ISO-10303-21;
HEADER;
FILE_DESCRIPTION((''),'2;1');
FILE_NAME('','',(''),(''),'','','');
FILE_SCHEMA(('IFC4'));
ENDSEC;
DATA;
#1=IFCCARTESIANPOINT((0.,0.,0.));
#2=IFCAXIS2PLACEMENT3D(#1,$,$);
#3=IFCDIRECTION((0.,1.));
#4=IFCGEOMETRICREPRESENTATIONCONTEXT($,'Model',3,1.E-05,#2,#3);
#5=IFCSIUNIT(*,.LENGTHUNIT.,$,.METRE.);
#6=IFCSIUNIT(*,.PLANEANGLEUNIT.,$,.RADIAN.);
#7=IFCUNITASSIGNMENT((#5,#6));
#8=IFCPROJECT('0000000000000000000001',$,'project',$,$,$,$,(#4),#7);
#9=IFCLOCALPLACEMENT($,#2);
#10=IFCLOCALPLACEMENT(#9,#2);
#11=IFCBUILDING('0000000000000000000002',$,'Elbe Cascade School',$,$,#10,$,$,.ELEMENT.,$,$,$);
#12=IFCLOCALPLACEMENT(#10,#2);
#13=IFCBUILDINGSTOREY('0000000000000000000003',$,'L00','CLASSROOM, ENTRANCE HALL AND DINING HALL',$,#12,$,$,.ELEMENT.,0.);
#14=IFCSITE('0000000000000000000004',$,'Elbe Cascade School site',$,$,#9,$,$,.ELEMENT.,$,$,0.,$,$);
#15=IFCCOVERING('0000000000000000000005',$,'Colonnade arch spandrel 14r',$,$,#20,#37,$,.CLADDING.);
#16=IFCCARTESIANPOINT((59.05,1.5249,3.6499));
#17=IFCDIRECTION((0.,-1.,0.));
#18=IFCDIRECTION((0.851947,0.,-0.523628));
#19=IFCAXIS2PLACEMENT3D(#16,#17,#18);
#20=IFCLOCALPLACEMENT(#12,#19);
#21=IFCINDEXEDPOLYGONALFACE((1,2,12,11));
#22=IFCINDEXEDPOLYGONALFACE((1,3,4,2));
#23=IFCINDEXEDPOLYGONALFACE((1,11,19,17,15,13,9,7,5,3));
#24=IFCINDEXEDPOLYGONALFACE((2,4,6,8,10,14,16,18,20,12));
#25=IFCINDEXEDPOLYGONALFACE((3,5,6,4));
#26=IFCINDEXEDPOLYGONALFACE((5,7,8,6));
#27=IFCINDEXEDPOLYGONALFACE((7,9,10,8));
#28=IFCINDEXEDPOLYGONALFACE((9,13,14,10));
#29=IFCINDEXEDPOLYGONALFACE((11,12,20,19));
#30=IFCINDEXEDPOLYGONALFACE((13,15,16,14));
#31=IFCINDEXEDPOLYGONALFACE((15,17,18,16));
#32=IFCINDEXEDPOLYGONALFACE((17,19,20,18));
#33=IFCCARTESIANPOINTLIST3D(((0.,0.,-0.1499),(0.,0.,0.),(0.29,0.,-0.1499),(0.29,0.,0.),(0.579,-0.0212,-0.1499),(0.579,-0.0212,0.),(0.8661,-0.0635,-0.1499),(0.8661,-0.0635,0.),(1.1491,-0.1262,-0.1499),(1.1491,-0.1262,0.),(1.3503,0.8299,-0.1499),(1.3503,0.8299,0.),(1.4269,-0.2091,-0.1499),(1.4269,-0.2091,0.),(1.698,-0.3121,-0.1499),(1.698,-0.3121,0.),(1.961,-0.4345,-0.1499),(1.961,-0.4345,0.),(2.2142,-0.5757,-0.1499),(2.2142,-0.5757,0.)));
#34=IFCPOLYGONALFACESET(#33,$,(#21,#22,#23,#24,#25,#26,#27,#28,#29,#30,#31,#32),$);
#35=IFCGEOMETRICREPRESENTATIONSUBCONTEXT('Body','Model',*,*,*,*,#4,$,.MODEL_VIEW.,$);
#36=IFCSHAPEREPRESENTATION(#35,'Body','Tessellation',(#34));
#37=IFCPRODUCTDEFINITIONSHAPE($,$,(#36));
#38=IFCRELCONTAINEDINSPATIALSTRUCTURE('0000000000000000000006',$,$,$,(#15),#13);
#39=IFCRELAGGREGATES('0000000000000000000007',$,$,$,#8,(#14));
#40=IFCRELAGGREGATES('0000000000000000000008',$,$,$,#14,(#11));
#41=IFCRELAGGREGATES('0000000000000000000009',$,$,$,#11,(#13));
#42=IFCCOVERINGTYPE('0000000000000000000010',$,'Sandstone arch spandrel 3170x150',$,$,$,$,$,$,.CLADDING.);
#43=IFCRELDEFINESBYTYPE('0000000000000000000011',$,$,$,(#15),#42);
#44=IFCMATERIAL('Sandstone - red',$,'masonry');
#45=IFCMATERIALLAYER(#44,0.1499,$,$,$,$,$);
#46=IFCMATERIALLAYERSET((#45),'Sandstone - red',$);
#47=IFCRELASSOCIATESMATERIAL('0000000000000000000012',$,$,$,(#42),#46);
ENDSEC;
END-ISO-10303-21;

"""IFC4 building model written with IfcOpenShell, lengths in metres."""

from ifc_helpers import new_model, si_unit, direction, frame, origin, place, context, subcontext, project, spatial, polyline, outline, extrude, material, layer, layer_set, type_object, element, save


model = new_model("IFC4")

# Units and contexts
model_context = context("Model", 3, precision=1e-05, world=origin(), true_north=direction((0.0, 1.0)))
body_context = subcontext(model_context, "Body", "Model", "MODEL_VIEW")
ifc_project = project(units=[si_unit("LENGTHUNIT", "METRE"), si_unit("PLANEANGLEUNIT", "RADIAN")], contexts=[model_context])

# Site, building, storey
site_placement = place(None, origin())
site = spatial("IfcSite", under=ifc_project, at=site_placement, Name="Elbe Cascade School site", CompositionType="ELEMENT", RefElevation=0.0)
building_placement = place(site_placement, origin())
building = spatial("IfcBuilding", under=site, at=building_placement, Name="Elbe Cascade School", CompositionType="ELEMENT")
storey_placement = place(building_placement, origin())
storey = spatial("IfcBuildingStorey", under=building, at=storey_placement, Name="L00", Description="CLASSROOM, ENTRANCE HALL AND DINING HALL", CompositionType="ELEMENT", Elevation=0.0)

# Covering
ifc_material_1 = material(Name="Sandstone - red", Category="masonry")
ifc_layer_1 = layer(ifc_material_1, 0.1499)
ifc_layer_set_1 = layer_set([ifc_layer_1], Name="Sandstone - red")
covering_type = type_object("IfcCoveringType", Name="Sandstone arch spandrel 3170x150", PredefinedType="CLADDING", material=ifc_layer_set_1)
covering_1_placement = place(storey_placement, frame((59.05, 1.5249, 3.6499), z_axis=(0.0, -1.0, 0.0), x_axis=(0.851947, 0.0, -0.523628)))
element("IfcCovering", 1, at=covering_1_placement, inside=storey, type_object=covering_type, Name="Colonnade arch spandrel 14r", PredefinedType="CLADDING", context=body_context, shape_type="SweptSolid", body=[
    extrude(outline(polyline([(0.0, 0.0), (0.29, 0.0), (0.579, -0.0212), (0.8661, -0.0635), (1.1491, -0.1262), (1.4269, -0.2091), (1.698, -0.3121), (1.961, -0.4345), (2.2142, -0.5757), (1.3503, 0.8299), (0.0, 0.0)])), origin(), (0.0, 0.0, -1.0), 0.1499),
])

save(model, "model.ifc")
